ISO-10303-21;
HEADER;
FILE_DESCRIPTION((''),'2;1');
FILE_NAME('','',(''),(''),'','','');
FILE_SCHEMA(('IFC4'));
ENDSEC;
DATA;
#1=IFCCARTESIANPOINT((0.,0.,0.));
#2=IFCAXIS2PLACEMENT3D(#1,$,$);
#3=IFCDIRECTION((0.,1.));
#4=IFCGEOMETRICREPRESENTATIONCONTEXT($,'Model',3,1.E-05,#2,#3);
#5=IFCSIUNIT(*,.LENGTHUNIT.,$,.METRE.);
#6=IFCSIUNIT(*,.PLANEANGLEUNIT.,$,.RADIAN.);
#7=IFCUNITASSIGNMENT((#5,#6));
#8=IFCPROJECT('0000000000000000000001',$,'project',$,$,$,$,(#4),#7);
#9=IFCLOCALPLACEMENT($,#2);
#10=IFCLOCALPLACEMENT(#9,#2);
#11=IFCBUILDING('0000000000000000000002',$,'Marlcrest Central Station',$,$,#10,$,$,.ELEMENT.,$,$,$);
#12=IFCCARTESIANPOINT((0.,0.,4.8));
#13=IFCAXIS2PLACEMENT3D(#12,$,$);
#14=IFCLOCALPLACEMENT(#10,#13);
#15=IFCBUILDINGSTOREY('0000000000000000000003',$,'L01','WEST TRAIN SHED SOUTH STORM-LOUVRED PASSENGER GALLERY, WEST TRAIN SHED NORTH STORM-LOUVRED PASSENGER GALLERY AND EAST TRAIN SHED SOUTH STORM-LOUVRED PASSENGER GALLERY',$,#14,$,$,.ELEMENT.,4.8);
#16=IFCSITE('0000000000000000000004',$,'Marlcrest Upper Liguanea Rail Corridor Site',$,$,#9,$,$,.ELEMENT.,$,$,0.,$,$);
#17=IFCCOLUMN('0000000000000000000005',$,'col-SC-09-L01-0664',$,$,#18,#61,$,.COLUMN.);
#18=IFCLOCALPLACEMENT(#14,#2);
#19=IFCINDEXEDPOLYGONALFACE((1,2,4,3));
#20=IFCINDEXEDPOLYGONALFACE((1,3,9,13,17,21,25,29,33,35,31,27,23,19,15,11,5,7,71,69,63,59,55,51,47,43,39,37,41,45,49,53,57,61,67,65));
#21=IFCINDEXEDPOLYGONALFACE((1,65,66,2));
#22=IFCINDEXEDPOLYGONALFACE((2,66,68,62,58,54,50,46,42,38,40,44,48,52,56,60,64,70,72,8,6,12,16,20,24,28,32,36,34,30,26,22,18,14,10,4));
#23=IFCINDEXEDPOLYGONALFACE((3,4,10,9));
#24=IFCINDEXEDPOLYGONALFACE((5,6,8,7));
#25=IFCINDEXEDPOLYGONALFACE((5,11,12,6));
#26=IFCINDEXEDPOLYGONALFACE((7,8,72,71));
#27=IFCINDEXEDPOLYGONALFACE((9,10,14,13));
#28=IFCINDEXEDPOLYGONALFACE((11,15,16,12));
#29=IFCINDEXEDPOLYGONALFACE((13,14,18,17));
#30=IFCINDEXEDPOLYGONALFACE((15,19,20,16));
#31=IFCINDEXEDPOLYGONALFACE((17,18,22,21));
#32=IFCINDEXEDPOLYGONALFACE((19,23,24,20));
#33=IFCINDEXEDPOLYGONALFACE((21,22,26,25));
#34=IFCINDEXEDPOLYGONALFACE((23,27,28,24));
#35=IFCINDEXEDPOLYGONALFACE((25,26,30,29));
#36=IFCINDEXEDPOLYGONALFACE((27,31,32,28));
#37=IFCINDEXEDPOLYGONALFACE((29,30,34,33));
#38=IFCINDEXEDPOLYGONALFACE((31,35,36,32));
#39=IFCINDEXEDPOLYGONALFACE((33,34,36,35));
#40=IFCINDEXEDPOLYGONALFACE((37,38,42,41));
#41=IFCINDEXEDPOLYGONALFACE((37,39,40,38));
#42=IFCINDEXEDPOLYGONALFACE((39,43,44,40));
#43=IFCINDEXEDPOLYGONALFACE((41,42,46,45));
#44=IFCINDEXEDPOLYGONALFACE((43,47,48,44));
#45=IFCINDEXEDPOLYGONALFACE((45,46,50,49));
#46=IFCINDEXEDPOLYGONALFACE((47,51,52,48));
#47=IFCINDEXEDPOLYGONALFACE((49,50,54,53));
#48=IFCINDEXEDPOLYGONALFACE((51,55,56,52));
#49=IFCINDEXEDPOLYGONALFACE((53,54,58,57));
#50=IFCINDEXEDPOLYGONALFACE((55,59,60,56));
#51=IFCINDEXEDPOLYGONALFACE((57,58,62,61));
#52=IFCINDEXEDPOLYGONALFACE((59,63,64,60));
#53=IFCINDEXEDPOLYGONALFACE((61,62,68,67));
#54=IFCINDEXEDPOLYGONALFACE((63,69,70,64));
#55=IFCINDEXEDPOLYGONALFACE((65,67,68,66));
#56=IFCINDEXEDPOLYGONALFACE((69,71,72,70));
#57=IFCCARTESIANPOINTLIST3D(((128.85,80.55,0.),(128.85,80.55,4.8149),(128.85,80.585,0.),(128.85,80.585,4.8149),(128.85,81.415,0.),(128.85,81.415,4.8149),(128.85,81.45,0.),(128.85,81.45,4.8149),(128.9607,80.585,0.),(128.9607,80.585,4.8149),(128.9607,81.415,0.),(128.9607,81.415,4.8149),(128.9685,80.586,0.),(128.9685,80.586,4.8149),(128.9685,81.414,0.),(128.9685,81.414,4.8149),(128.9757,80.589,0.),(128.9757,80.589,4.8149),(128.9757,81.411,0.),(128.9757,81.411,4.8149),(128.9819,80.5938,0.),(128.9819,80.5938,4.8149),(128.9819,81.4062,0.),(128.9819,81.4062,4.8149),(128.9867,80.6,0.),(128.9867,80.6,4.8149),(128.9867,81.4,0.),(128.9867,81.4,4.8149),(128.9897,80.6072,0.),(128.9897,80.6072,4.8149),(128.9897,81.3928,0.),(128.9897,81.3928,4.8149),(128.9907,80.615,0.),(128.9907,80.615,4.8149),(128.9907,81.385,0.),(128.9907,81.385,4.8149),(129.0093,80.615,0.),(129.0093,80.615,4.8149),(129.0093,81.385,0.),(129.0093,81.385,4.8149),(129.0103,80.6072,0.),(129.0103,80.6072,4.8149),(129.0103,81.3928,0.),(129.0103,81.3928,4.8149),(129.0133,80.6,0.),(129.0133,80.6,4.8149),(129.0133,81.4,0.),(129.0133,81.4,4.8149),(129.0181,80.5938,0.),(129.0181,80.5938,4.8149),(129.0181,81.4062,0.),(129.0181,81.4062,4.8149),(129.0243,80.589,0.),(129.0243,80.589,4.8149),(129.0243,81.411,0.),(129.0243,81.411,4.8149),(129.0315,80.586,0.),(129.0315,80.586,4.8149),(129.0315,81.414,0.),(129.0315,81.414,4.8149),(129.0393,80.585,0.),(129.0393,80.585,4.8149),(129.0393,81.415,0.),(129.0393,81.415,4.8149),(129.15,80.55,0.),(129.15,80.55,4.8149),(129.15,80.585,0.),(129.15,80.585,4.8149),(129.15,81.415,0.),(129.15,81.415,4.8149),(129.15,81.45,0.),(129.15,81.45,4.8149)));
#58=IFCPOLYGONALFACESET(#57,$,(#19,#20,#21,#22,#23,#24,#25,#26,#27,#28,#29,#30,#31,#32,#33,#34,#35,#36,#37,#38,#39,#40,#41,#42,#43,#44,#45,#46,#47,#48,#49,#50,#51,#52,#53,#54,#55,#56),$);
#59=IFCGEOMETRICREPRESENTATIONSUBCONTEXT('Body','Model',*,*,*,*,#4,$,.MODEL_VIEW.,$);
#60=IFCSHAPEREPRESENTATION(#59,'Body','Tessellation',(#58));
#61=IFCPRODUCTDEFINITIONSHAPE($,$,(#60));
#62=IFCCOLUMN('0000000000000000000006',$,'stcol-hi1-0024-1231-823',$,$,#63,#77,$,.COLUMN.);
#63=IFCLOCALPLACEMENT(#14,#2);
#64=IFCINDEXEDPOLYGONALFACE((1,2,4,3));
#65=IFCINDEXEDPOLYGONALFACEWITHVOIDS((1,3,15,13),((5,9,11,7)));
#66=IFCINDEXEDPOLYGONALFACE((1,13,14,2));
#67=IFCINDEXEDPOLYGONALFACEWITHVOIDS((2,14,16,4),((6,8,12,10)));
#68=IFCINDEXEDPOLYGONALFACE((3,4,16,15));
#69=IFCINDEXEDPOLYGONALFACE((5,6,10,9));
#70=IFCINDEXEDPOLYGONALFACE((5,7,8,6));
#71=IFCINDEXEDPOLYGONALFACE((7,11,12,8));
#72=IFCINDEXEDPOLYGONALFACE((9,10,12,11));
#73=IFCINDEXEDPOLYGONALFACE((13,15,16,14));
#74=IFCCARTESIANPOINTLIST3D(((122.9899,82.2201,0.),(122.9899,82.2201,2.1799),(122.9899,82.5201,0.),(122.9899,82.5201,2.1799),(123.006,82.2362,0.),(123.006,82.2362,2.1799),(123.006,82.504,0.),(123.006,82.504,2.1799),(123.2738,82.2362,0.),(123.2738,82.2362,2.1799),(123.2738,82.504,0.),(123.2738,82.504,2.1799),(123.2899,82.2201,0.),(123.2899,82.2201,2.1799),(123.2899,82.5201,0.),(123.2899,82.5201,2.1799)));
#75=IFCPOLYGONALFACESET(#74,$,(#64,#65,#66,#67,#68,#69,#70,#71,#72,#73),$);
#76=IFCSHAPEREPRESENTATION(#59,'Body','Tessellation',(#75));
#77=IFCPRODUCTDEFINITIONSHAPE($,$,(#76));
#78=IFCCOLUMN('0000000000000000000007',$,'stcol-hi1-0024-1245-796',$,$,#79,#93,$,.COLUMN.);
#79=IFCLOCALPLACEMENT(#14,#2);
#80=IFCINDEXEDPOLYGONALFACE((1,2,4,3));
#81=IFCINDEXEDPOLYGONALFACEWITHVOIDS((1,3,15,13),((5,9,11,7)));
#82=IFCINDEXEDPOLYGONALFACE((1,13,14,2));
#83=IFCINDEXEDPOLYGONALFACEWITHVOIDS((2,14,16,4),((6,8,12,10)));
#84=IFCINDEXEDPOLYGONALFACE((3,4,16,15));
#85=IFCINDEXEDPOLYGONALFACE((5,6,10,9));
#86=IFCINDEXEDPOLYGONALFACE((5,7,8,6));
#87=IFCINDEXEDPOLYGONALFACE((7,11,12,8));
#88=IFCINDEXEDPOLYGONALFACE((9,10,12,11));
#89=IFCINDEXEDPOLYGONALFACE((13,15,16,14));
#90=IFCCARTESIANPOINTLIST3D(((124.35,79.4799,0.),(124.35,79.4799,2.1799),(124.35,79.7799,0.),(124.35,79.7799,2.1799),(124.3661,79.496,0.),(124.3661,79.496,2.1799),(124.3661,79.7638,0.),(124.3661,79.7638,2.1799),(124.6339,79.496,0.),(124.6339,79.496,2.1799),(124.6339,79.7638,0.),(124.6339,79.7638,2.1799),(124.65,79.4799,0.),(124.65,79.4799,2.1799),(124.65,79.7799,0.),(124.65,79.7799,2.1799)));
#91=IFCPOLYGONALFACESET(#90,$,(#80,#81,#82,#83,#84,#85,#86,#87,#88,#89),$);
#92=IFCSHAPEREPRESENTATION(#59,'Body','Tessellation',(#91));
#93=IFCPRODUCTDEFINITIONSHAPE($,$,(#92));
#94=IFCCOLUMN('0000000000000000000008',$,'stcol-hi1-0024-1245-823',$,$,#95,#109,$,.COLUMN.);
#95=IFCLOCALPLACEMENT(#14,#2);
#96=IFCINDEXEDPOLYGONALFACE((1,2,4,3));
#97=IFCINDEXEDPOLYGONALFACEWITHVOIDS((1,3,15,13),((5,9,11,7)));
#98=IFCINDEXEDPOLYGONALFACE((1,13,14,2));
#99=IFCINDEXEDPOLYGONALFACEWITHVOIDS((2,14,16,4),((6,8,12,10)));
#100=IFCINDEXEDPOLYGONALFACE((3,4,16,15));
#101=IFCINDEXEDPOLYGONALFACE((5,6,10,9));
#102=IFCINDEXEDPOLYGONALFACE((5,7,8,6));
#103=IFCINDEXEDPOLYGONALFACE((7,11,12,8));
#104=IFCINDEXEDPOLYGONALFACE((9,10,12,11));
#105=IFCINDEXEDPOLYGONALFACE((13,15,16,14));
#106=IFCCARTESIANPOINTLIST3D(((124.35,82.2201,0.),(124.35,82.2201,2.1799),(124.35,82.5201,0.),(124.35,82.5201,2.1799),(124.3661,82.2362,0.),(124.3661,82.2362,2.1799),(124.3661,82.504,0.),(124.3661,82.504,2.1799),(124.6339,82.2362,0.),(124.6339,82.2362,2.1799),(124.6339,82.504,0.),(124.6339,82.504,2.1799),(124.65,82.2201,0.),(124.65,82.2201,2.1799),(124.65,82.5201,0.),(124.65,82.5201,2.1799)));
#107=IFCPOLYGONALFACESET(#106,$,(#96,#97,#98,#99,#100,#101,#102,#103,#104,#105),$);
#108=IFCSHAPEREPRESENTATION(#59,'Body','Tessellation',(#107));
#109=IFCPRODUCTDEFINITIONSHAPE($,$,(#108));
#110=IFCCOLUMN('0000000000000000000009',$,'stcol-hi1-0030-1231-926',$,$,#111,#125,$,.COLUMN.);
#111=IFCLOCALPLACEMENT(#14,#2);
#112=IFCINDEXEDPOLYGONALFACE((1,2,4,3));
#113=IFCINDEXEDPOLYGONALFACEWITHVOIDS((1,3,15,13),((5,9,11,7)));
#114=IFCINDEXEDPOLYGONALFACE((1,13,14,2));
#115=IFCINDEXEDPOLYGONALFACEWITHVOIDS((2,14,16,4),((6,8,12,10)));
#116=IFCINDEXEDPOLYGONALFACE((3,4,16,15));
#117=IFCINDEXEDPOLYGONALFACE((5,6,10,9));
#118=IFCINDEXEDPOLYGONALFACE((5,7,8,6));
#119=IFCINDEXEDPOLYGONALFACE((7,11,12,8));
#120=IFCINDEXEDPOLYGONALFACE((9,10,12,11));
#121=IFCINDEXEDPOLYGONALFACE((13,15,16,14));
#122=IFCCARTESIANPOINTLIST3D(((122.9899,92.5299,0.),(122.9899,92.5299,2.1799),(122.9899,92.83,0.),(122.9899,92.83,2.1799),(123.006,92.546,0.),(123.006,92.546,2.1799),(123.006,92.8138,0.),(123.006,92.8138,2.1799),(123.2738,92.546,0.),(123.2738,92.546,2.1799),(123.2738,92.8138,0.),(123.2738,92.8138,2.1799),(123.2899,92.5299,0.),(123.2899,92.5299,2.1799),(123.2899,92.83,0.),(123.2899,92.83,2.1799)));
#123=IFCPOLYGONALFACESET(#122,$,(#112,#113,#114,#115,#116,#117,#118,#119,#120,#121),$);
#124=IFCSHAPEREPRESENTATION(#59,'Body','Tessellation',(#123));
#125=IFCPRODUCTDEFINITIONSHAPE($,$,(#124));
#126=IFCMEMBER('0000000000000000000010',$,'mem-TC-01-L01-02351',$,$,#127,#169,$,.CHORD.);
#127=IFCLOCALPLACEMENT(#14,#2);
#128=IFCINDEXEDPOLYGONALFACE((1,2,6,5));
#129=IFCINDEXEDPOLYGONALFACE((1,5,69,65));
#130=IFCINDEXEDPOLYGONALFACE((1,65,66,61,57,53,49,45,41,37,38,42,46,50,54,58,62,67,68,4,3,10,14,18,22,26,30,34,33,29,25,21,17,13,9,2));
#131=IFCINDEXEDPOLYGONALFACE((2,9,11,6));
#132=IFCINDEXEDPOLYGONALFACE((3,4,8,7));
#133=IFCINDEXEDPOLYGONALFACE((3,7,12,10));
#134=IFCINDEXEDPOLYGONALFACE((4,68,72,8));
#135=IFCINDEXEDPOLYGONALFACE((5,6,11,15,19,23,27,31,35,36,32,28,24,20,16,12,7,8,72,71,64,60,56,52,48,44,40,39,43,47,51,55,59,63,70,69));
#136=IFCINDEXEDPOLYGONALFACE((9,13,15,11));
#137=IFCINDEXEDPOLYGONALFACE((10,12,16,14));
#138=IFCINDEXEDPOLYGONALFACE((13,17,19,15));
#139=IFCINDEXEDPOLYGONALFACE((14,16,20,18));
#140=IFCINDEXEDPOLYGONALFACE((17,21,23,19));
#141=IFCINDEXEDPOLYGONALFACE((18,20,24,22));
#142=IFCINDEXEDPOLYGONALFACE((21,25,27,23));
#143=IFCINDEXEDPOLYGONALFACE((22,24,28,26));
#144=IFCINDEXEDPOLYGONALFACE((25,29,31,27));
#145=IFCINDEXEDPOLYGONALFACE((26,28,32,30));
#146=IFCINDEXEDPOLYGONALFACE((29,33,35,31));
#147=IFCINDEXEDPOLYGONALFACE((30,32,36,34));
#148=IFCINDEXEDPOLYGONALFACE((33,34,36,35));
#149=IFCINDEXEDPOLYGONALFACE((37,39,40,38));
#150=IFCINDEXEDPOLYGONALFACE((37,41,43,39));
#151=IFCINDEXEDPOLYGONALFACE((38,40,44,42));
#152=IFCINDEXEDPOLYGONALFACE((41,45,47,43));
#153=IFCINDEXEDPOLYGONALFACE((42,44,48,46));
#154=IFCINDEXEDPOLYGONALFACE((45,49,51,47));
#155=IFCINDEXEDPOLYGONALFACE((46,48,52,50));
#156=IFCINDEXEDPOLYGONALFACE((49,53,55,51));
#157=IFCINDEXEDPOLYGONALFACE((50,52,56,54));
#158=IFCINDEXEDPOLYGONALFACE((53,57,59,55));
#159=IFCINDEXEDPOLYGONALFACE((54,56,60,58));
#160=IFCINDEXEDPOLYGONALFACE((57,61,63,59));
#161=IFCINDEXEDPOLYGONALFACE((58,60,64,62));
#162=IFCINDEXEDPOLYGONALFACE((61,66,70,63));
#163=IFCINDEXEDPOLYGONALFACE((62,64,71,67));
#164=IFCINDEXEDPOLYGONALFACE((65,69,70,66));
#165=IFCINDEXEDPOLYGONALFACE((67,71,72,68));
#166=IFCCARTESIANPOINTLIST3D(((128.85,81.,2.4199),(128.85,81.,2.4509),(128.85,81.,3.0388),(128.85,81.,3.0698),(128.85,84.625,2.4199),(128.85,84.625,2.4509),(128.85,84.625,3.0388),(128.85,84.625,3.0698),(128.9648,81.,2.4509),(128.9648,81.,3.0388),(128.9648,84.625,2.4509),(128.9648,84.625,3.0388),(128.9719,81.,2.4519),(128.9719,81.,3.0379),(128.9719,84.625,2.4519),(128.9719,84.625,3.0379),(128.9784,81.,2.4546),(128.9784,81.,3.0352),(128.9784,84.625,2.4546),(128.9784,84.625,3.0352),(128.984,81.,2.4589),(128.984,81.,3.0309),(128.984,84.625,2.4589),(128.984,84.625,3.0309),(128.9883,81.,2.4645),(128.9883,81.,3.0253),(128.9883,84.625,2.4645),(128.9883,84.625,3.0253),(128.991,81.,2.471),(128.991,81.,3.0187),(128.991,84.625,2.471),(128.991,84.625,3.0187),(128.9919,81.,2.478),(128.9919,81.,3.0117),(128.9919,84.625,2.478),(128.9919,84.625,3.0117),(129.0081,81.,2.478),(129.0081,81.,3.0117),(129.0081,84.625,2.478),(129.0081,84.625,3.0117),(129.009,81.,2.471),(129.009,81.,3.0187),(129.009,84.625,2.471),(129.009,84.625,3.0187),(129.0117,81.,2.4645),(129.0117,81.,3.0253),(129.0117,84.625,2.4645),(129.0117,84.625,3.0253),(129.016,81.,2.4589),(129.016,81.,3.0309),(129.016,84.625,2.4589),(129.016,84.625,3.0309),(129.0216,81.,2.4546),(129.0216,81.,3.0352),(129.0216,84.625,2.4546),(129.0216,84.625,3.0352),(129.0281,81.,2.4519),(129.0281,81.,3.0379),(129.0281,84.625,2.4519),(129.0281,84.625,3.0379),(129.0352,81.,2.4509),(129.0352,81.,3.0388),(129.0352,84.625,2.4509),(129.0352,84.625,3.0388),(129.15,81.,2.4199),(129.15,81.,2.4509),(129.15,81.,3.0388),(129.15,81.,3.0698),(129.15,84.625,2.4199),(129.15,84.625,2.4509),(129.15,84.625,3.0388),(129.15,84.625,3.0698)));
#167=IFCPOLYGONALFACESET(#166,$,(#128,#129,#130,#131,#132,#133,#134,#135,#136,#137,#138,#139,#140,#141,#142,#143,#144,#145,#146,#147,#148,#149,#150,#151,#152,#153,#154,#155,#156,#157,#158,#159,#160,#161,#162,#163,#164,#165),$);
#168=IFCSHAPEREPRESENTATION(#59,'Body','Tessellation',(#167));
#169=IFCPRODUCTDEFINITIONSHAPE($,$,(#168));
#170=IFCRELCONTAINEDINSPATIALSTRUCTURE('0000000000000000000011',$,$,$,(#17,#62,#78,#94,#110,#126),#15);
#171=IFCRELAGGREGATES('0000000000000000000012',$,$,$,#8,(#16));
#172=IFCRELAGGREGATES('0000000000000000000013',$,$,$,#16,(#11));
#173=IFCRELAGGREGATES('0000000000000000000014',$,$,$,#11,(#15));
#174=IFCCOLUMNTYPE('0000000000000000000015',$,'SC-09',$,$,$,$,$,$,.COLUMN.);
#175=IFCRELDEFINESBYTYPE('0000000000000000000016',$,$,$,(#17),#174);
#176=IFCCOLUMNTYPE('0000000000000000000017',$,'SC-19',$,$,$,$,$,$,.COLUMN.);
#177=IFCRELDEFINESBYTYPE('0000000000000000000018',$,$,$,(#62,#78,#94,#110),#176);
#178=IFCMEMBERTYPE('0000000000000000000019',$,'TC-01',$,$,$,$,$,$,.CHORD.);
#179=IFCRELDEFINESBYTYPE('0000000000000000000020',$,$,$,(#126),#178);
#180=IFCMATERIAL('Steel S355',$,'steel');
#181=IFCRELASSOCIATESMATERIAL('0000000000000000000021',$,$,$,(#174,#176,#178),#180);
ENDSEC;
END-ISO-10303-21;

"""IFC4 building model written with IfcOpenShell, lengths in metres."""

from ifc_helpers import new_model, si_unit, direction, frame, origin, origin_2d, place, context, subcontext, project, spatial, hollow_rectangle, i_section, extrude, material, material_profile, profile_set, type_object, element, save


model = new_model("IFC4")

# Units and contexts
model_context = context("Model", 3, precision=1e-05, world=origin(), true_north=direction((0.0, 1.0)))
body_context = subcontext(model_context, "Body", "Model", "MODEL_VIEW")
ifc_project = project(units=[si_unit("LENGTHUNIT", "METRE"), si_unit("PLANEANGLEUNIT", "RADIAN")], contexts=[model_context])

# Site, building, storey
site_placement = place(None, origin())
site = spatial("IfcSite", under=ifc_project, at=site_placement, Name="Marlcrest Upper Liguanea Rail Corridor Site", CompositionType="ELEMENT", RefElevation=0.0)
building_placement = place(site_placement, origin())
building = spatial("IfcBuilding", under=site, at=building_placement, Name="Marlcrest Central Station", CompositionType="ELEMENT")
storey_placement = place(building_placement, frame((0.0, 0.0, 4.8)))
storey = spatial("IfcBuildingStorey", under=building, at=storey_placement, Name="L01", Description="WEST TRAIN SHED SOUTH STORM-LOUVRED PASSENGER GALLERY, WEST TRAIN SHED NORTH STORM-LOUVRED PASSENGER GALLERY AND EAST TRAIN SHED SOUTH STORM-LOUVRED PASSENGER GALLERY", CompositionType="ELEMENT", Elevation=4.8)

# Columns
ifc_material = material(Name="Steel S355", Category="steel")
ifc_material_profile_1 = material_profile(ifc_material, i_section(OverallWidth=0.3, OverallDepth=0.8999, WebThickness=0.0186, FlangeThickness=0.0349, FilletRadius=0.03, at=origin_2d()), Name="HEB 900")
ifc_profile_set_1 = profile_set([ifc_material_profile_1], Name="Steel S355")
column_type_1 = type_object("IfcColumnType", Name="SC-09", PredefinedType="COLUMN", material=ifc_profile_set_1)
column_placement = place(storey_placement, frame((129.0, 81.0, 0.0), z_axis=(0.0, 0.0, 1.0), x_axis=(1.0, 0.0, 0.0)))
element("IfcColumn", 1, at=column_placement, inside=storey, type_object=column_type_1, Name="col-SC-09-L01-0664", PredefinedType="COLUMN", context=body_context, shape_type="SweptSolid", body=[
    extrude(i_section(OverallWidth=0.3, OverallDepth=0.8999, WebThickness=0.0186, FlangeThickness=0.0349, FilletRadius=0.03, at=origin_2d()), origin(), (0.0, 0.0, 1.0), 4.8149),
])
ifc_material_profile_2 = material_profile(ifc_material, hollow_rectangle(XDim=0.3, YDim=0.3, WallThickness=0.0161, at=origin_2d()), Name="SHS 300x300x16")
ifc_profile_set_2 = profile_set([ifc_material_profile_2], Name="Steel S355")
column_type_2 = type_object("IfcColumnType", Name="SC-19", PredefinedType="COLUMN", material=ifc_profile_set_2)
for number, where, z_axis, x_axis, name in (
    (2, (123.1399, 82.3701, 0.0), (0.0, 0.0, 1.0), (1.0, 0.0, 0.0), "stcol-hi1-0024-1231-823"),
    (3, (124.5, 79.6299, 0.0), (0.0, 0.0, 1.0), (1.0, 0.0, 0.0), "stcol-hi1-0024-1245-796"),
    (4, (124.5, 82.3701, 0.0), (0.0, 0.0, 1.0), (1.0, 0.0, 0.0), "stcol-hi1-0024-1245-823"),
    (5, (123.1399, 92.6799, 0.0), (0.0, 0.0, 1.0), (1.0, 0.0, 0.0), "stcol-hi1-0030-1231-926"),
):
    element("IfcColumn", number, at=place(storey_placement, frame(where, z_axis=z_axis, x_axis=x_axis)), inside=storey, type_object=column_type_2, Name=name, PredefinedType="COLUMN", context=body_context, shape_type="SweptSolid", body=[
        extrude(hollow_rectangle(XDim=0.3, YDim=0.3, WallThickness=0.0161, at=origin_2d()), origin(), (0.0, 0.0, 1.0), 2.1799),
    ])

# Member
ifc_material_profile_3 = material_profile(ifc_material, i_section(OverallWidth=0.3, OverallDepth=0.6499, WebThickness=0.0161, FlangeThickness=0.031, FilletRadius=0.0271, at=origin_2d()), Name="HEB 650")
ifc_profile_set_3 = profile_set([ifc_material_profile_3], Name="Steel S355")
member_type_1 = type_object("IfcMemberType", Name="TC-01", PredefinedType="CHORD", material=ifc_profile_set_3)
member_1_placement = place(storey_placement, frame((129.0, 81.0, 2.7449), z_axis=(0.0, 1.0, 0.0), x_axis=(-1.0, 0.0, 0.0)))
element("IfcMember", 6, at=member_1_placement, inside=storey, type_object=member_type_1, Name="mem-TC-01-L01-02351", PredefinedType="CHORD", context=body_context, shape_type="SweptSolid", body=[
    extrude(i_section(OverallWidth=0.3, OverallDepth=0.6499, WebThickness=0.0161, FlangeThickness=0.031, FilletRadius=0.0271, at=origin_2d()), origin(), (0.0, 0.0, 1.0), 3.625),
])

save(model, "model.ifc")
